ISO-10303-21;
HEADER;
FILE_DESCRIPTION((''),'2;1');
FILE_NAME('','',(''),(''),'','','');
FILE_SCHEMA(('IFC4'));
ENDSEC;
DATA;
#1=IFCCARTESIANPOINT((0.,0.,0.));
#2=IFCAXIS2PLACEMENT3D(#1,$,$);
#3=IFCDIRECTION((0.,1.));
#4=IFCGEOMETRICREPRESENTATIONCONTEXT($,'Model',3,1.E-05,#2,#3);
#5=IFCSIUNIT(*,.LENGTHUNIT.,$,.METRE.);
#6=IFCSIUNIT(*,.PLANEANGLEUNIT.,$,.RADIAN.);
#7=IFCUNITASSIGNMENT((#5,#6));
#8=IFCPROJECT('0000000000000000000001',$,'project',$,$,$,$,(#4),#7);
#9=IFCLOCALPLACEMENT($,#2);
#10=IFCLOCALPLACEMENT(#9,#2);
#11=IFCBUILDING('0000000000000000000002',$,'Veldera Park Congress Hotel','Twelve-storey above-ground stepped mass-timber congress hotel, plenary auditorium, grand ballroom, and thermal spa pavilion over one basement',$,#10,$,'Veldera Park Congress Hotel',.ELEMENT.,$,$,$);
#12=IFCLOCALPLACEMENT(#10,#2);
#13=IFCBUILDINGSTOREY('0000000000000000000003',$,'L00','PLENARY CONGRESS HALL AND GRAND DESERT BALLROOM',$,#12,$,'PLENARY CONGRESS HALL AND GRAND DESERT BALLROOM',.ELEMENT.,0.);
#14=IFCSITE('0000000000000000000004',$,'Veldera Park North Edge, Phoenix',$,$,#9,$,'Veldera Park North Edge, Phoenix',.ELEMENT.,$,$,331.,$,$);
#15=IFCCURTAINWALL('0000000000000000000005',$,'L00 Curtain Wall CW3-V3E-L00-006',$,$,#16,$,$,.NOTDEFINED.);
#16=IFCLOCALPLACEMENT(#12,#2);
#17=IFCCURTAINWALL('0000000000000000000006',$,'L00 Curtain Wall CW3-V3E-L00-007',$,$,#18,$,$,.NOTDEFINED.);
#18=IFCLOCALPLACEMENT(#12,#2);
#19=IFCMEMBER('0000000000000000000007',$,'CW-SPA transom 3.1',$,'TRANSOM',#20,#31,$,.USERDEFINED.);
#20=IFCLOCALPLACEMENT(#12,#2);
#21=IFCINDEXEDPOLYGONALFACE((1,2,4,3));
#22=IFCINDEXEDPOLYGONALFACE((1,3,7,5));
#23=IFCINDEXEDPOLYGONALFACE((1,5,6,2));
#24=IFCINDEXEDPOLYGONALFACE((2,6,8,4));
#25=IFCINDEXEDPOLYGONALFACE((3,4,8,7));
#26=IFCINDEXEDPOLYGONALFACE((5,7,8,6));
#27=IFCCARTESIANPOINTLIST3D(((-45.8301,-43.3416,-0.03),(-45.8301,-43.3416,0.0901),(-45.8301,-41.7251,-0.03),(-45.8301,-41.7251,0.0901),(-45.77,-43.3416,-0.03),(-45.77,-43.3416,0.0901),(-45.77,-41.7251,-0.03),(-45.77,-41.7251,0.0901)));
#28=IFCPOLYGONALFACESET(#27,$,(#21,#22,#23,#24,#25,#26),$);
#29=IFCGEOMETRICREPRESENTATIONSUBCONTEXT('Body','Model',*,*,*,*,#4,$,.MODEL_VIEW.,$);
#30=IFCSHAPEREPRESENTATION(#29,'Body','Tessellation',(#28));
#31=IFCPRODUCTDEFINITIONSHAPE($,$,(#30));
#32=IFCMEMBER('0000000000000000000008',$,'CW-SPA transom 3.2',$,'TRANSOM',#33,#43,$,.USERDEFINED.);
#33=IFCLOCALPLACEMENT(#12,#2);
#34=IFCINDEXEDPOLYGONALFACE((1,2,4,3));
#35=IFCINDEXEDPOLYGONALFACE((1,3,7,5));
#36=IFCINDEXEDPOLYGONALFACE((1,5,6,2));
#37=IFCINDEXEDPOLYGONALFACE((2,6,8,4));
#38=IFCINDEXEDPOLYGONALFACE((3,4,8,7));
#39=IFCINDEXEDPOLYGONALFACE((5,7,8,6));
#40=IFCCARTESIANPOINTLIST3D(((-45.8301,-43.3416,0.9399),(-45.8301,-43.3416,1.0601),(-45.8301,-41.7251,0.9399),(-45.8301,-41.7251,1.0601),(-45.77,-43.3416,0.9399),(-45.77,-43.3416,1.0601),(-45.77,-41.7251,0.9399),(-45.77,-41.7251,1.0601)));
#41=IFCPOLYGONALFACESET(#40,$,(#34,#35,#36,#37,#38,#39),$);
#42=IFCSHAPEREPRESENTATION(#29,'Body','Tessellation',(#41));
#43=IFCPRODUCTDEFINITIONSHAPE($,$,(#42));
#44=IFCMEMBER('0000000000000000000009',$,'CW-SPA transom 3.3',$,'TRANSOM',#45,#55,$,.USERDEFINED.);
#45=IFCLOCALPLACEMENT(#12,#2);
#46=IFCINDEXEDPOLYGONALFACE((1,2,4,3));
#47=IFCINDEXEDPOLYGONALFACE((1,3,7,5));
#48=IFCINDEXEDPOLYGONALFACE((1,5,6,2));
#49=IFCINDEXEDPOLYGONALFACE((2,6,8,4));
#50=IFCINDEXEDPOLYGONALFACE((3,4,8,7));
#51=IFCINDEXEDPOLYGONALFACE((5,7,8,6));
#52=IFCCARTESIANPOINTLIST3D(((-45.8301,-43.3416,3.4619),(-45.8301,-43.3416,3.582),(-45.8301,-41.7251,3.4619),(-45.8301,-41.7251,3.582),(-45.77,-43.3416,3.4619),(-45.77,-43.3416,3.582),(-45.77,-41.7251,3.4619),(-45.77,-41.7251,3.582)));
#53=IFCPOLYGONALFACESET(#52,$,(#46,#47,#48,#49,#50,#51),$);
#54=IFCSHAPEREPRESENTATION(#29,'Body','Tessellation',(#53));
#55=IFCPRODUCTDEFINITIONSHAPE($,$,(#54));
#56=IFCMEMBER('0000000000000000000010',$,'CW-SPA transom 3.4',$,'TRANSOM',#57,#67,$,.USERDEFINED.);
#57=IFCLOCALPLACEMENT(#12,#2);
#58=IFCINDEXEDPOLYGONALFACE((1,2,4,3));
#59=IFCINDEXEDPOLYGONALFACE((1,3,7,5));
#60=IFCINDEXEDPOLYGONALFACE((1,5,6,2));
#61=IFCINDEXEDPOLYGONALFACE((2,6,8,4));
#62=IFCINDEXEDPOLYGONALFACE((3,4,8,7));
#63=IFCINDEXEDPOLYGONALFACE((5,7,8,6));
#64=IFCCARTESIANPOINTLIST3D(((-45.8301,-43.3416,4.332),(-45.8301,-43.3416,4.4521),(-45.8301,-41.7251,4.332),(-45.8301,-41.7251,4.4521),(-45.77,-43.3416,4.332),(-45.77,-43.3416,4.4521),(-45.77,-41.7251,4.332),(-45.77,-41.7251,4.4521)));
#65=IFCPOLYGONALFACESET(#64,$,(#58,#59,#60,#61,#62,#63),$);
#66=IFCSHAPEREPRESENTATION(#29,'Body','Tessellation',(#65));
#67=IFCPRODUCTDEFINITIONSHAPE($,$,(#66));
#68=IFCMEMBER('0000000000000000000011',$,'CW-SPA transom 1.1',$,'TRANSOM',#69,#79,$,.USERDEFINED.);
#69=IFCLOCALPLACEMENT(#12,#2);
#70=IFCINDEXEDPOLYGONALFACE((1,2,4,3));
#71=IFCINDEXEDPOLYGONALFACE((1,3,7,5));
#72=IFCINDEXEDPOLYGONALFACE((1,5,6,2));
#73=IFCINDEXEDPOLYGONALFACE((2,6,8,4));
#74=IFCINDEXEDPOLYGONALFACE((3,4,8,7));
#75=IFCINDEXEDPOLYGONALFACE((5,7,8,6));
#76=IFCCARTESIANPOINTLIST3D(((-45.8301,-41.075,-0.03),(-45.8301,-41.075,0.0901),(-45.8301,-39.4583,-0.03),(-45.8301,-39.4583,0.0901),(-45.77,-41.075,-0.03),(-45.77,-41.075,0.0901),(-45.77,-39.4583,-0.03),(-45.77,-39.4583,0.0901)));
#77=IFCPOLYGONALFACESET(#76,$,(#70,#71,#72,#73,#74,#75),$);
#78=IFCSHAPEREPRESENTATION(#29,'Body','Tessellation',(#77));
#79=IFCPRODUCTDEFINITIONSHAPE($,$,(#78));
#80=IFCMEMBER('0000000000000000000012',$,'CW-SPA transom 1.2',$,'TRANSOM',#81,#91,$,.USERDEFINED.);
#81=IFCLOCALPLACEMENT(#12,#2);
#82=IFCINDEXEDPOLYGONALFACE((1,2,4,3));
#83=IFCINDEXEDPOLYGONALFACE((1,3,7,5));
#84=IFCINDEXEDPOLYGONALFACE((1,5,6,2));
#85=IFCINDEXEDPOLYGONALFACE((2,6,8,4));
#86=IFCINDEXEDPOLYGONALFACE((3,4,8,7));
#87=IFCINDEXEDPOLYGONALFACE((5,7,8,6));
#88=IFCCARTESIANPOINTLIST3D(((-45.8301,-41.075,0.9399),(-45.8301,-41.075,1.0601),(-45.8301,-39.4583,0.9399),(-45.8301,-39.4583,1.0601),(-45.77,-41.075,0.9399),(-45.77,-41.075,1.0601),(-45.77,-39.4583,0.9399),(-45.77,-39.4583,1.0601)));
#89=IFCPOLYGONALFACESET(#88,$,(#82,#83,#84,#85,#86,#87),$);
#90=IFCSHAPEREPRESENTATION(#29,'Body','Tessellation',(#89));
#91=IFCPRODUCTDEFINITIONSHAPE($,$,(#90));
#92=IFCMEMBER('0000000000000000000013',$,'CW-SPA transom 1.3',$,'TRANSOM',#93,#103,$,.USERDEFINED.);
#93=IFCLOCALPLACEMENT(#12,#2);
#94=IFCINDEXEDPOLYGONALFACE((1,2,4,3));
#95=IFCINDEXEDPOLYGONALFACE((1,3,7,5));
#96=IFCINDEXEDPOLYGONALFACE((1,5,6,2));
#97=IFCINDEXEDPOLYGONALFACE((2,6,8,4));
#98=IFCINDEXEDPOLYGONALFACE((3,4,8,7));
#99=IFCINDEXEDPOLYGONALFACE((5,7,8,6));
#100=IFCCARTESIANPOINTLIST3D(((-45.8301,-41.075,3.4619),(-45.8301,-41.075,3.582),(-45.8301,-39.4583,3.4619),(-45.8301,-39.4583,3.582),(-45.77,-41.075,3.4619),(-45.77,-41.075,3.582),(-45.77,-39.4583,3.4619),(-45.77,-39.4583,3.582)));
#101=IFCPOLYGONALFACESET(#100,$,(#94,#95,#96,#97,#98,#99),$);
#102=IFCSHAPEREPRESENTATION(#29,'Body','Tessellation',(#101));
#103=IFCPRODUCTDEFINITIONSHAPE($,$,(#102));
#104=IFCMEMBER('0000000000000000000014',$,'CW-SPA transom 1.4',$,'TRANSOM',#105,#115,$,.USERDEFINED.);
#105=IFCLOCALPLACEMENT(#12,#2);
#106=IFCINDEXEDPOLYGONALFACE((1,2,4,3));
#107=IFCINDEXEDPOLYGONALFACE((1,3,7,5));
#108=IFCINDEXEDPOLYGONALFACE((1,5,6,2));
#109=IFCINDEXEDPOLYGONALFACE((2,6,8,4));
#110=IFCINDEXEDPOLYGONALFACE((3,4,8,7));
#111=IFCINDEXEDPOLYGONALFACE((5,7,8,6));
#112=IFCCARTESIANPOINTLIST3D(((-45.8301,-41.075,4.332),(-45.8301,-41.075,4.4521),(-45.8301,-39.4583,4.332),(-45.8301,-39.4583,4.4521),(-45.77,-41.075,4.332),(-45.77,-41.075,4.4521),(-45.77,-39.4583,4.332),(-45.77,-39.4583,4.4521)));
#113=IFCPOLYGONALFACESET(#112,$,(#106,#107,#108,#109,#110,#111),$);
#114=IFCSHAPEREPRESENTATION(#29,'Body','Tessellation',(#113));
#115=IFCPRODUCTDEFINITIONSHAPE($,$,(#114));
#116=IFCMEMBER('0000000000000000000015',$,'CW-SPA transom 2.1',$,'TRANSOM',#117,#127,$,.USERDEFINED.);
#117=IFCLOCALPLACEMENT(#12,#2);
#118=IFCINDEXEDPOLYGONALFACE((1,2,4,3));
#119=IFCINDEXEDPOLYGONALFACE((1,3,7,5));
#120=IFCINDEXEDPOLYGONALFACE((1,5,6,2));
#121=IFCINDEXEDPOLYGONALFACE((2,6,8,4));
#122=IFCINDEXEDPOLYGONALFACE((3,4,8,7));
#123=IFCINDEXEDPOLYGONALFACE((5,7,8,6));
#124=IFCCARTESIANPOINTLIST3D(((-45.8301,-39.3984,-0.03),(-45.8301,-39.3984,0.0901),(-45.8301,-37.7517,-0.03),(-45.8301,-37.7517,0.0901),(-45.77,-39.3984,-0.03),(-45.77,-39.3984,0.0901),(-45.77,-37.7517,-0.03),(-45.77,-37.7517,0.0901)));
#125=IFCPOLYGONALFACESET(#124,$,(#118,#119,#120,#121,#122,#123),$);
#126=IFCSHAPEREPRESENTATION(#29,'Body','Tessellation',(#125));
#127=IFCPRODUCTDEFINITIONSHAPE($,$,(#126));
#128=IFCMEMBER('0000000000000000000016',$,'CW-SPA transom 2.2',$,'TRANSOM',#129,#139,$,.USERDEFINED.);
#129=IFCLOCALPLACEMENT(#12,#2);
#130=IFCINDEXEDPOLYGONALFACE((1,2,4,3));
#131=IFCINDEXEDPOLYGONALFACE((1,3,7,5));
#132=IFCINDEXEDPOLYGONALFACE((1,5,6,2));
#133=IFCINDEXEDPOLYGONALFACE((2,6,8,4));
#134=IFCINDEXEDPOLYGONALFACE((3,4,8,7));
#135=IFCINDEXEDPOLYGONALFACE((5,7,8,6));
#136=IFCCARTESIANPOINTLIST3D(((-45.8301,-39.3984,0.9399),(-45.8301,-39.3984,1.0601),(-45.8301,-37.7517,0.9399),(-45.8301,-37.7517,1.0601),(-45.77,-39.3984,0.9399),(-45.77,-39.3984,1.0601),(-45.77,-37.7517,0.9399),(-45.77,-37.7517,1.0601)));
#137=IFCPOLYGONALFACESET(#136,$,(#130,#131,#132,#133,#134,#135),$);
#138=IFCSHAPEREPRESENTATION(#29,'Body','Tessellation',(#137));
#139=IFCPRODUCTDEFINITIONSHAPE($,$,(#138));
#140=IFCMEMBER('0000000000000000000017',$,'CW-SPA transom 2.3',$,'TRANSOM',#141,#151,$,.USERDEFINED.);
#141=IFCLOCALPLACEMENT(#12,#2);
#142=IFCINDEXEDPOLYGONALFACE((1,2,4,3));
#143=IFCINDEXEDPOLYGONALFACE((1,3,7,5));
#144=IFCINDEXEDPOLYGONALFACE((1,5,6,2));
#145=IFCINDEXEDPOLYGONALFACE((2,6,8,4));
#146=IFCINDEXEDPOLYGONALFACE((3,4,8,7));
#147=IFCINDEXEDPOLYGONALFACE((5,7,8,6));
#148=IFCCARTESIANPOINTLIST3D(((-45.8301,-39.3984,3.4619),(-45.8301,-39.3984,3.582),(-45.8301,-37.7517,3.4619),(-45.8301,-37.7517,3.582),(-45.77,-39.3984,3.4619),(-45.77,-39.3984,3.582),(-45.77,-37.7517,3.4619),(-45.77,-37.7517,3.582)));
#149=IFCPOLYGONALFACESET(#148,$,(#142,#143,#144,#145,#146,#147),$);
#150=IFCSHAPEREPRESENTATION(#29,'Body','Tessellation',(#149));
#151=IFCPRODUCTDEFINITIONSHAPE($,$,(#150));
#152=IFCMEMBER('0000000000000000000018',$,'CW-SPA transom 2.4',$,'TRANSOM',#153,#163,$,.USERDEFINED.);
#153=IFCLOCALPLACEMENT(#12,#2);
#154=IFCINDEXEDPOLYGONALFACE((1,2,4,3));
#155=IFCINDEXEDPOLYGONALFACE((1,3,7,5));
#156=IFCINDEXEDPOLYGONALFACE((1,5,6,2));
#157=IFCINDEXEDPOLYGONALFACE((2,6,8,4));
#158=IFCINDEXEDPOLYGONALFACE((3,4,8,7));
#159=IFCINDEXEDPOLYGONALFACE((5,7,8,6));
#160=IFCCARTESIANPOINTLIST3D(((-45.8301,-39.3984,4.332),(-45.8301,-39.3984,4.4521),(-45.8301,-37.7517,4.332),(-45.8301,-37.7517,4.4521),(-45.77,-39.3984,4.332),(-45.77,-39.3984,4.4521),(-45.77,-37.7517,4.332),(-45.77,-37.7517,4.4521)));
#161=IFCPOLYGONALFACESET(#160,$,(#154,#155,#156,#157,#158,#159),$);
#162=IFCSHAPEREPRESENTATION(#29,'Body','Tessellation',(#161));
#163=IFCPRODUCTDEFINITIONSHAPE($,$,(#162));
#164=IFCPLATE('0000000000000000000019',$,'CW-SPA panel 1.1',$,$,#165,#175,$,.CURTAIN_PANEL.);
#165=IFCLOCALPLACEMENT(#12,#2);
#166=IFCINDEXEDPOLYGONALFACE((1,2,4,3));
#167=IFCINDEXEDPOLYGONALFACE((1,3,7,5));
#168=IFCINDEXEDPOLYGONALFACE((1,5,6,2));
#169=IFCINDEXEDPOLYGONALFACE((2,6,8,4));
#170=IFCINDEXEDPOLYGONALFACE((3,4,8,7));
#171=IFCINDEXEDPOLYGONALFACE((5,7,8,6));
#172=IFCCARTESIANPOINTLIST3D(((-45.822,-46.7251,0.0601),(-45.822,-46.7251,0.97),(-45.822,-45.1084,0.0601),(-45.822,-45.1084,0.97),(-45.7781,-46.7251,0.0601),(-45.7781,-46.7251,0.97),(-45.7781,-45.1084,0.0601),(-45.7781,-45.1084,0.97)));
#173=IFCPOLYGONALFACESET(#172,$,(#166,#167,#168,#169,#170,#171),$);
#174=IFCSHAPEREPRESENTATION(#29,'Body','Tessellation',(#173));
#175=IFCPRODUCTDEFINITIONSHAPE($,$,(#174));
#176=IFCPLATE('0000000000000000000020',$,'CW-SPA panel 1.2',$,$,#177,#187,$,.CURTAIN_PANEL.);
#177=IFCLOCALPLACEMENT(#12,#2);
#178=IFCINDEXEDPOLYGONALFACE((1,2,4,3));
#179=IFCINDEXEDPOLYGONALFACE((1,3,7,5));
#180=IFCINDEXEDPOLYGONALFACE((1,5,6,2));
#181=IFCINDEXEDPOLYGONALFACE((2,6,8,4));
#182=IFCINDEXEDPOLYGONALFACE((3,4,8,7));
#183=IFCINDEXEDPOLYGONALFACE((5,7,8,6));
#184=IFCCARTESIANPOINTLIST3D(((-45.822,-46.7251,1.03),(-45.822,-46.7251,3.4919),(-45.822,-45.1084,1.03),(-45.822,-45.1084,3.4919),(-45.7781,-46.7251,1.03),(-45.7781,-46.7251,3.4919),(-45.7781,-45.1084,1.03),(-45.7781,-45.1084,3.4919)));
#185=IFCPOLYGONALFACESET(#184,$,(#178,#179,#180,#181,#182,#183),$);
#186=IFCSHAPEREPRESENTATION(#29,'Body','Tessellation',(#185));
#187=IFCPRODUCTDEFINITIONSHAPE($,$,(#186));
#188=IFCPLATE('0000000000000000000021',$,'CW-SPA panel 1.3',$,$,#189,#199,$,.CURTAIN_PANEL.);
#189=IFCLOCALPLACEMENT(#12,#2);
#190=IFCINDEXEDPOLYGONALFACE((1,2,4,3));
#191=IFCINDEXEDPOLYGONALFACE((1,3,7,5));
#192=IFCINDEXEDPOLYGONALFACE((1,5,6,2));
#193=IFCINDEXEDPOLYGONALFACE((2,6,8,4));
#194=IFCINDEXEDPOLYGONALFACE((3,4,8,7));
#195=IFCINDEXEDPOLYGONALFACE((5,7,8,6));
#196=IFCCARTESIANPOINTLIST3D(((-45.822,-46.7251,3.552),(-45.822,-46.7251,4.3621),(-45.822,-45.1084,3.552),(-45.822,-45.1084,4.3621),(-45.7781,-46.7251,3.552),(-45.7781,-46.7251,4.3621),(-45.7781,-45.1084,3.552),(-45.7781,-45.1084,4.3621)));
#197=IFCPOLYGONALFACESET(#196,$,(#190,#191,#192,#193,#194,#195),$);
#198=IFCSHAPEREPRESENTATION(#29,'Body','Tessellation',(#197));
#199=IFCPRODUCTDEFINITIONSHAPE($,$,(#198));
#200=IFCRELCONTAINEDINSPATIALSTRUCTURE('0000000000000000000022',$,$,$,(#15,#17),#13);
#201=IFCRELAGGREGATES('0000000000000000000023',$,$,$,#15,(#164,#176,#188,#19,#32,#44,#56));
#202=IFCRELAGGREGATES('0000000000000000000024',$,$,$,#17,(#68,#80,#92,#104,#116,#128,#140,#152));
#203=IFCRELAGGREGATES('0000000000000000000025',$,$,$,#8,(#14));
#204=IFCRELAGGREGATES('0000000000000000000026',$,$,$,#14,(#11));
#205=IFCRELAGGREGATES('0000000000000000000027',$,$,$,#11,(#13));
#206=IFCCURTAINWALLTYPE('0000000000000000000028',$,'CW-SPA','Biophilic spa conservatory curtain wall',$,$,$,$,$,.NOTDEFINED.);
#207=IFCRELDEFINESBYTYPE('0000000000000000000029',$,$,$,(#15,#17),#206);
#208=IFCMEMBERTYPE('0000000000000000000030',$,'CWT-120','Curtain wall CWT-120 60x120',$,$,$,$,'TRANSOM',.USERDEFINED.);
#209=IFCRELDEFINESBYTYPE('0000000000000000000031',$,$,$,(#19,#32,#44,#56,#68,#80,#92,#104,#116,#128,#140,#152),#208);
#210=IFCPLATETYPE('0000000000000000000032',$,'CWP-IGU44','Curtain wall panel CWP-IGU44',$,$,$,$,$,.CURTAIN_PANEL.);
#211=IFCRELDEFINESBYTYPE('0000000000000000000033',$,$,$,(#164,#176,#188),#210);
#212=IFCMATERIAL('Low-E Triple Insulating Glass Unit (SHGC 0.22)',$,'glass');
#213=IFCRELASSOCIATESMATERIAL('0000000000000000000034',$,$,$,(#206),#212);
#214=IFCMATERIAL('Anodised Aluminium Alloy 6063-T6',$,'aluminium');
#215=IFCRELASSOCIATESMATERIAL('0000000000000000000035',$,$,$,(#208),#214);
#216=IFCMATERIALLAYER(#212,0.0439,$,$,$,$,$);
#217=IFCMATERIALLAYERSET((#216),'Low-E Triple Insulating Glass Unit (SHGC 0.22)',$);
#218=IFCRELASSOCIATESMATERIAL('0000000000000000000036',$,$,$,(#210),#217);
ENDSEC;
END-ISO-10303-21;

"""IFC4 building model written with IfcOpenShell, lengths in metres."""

from ifc_helpers import new_model, si_unit, direction, frame, origin, origin_2d, place, context, subcontext, project, spatial, rectangle, extrude, material, layer, layer_set, material_profile, profile_set, type_object, element, aggregate, save


model = new_model("IFC4")

# Units and contexts
model_context = context("Model", 3, precision=1e-05, world=origin(), true_north=direction((0.0, 1.0)))
body_context = subcontext(model_context, "Body", "Model", "MODEL_VIEW")
ifc_project = project(units=[si_unit("LENGTHUNIT", "METRE"), si_unit("PLANEANGLEUNIT", "RADIAN")], contexts=[model_context])

# Site, building, storey
site_placement = place(None, origin())
site = spatial("IfcSite", under=ifc_project, at=site_placement, Name="Veldera Park North Edge, Phoenix", LongName="Veldera Park North Edge, Phoenix", CompositionType="ELEMENT", RefElevation=331.0)
building_placement = place(site_placement, origin())
building = spatial("IfcBuilding", under=site, at=building_placement, Name="Veldera Park Congress Hotel", Description="Twelve-storey above-ground stepped mass-timber congress hotel, plenary auditorium, grand ballroom, and thermal spa pavilion over one basement", LongName="Veldera Park Congress Hotel", CompositionType="ELEMENT")
storey_placement = place(building_placement, origin())
storey = spatial("IfcBuildingStorey", under=building, at=storey_placement, Name="L00", Description="PLENARY CONGRESS HALL AND GRAND DESERT BALLROOM", LongName="PLENARY CONGRESS HALL AND GRAND DESERT BALLROOM", CompositionType="ELEMENT", Elevation=0.0)

# Curtain walls
ifc_material_1 = material(Name="Low-E Triple Insulating Glass Unit (SHGC 0.22)", Category="glass")
curtain_wall_type = type_object("IfcCurtainWallType", Name="CW-SPA", Description="Biophilic spa conservatory curtain wall", PredefinedType="NOTDEFINED", material=ifc_material_1)
curtain_wall_1_placement = place(storey_placement, origin())
curtain_wall_1 = element("IfcCurtainWall", 1, at=curtain_wall_1_placement, inside=storey, type_object=curtain_wall_type, Name="L00 Curtain Wall CW3-V3E-L00-006", PredefinedType="NOTDEFINED")
ifc_material_2 = material(Name="Anodised Aluminium Alloy 6063-T6", Category="aluminium")
curtain_wall_2_placement = place(storey_placement, origin())
curtain_wall_2 = element("IfcCurtainWall", 2, at=curtain_wall_2_placement, inside=storey, type_object=curtain_wall_type, Name="L00 Curtain Wall CW3-V3E-L00-007", PredefinedType="NOTDEFINED")

# Members
ifc_material_profile_1 = material_profile(ifc_material_2, rectangle(XDim=0.0601, YDim=0.1201, at=origin_2d()), Name="ALU 60x120")
ifc_profile_set_1 = profile_set([ifc_material_profile_1], Name="Anodised Aluminium Alloy 6063-T6")
member_type_1 = type_object("IfcMemberType", Name="CWT-120", Description="Curtain wall CWT-120 60x120", ElementType="TRANSOM", PredefinedType="USERDEFINED", material=ifc_profile_set_1)
member_1_placement = place(storey_placement, frame((-45.8, -43.3416, 0.03), z_axis=(0.0, 1.0, 0.0), x_axis=(-1.0, 0.0, 0.0)))
member_1 = element("IfcMember", 3, at=member_1_placement, type_object=member_type_1, Name="CW-SPA transom 3.1", ObjectType="TRANSOM", PredefinedType="USERDEFINED", context=body_context, shape_type="SweptSolid", body=[
    extrude(rectangle(XDim=0.0601, YDim=0.1201, at=origin_2d()), origin(), (0.0, 0.0, 1.0), 1.6165),
])
member_2_placement = place(storey_placement, frame((-45.8, -43.3416, 1.0), z_axis=(0.0, 1.0, 0.0), x_axis=(-1.0, 0.0, 0.0)))
member_2 = element("IfcMember", 4, at=member_2_placement, type_object=member_type_1, Name="CW-SPA transom 3.2", ObjectType="TRANSOM", PredefinedType="USERDEFINED", context=body_context, shape_type="SweptSolid", body=[
    extrude(rectangle(XDim=0.0601, YDim=0.1201, at=origin_2d()), origin(), (0.0, 0.0, 1.0), 1.6165),
])
member_3_placement = place(storey_placement, frame((-45.8, -43.3416, 3.522), z_axis=(0.0, 1.0, 0.0), x_axis=(-1.0, 0.0, 0.0)))
member_3 = element("IfcMember", 5, at=member_3_placement, type_object=member_type_1, Name="CW-SPA transom 3.3", ObjectType="TRANSOM", PredefinedType="USERDEFINED", context=body_context, shape_type="SweptSolid", body=[
    extrude(rectangle(XDim=0.0601, YDim=0.1201, at=origin_2d()), origin(), (0.0, 0.0, 1.0), 1.6165),
])
member_4_placement = place(storey_placement, frame((-45.8, -43.3416, 4.3921), z_axis=(0.0, 1.0, 0.0), x_axis=(-1.0, 0.0, 0.0)))
member_4 = element("IfcMember", 6, at=member_4_placement, type_object=member_type_1, Name="CW-SPA transom 3.4", ObjectType="TRANSOM", PredefinedType="USERDEFINED", context=body_context, shape_type="SweptSolid", body=[
    extrude(rectangle(XDim=0.0601, YDim=0.1201, at=origin_2d()), origin(), (0.0, 0.0, 1.0), 1.6165),
])
member_5_placement = place(storey_placement, frame((-45.8, -41.075, 0.03), z_axis=(0.0, 1.0, 0.0), x_axis=(-1.0, 0.0, 0.0)))
member_5 = element("IfcMember", 7, at=member_5_placement, type_object=member_type_1, Name="CW-SPA transom 1.1", ObjectType="TRANSOM", PredefinedType="USERDEFINED", context=body_context, shape_type="SweptSolid", body=[
    extrude(rectangle(XDim=0.0601, YDim=0.1201, at=origin_2d()), origin(), (0.0, 0.0, 1.0), 1.6167),
])
member_6_placement = place(storey_placement, frame((-45.8, -41.075, 1.0), z_axis=(0.0, 1.0, 0.0), x_axis=(-1.0, 0.0, 0.0)))
member_6 = element("IfcMember", 8, at=member_6_placement, type_object=member_type_1, Name="CW-SPA transom 1.2", ObjectType="TRANSOM", PredefinedType="USERDEFINED", context=body_context, shape_type="SweptSolid", body=[
    extrude(rectangle(XDim=0.0601, YDim=0.1201, at=origin_2d()), origin(), (0.0, 0.0, 1.0), 1.6167),
])
member_7_placement = place(storey_placement, frame((-45.8, -41.075, 3.522), z_axis=(0.0, 1.0, 0.0), x_axis=(-1.0, 0.0, 0.0)))
member_7 = element("IfcMember", 9, at=member_7_placement, type_object=member_type_1, Name="CW-SPA transom 1.3", ObjectType="TRANSOM", PredefinedType="USERDEFINED", context=body_context, shape_type="SweptSolid", body=[
    extrude(rectangle(XDim=0.0601, YDim=0.1201, at=origin_2d()), origin(), (0.0, 0.0, 1.0), 1.6167),
])
member_8_placement = place(storey_placement, frame((-45.8, -41.075, 4.3921), z_axis=(0.0, 1.0, 0.0), x_axis=(-1.0, 0.0, 0.0)))
member_8 = element("IfcMember", 10, at=member_8_placement, type_object=member_type_1, Name="CW-SPA transom 1.4", ObjectType="TRANSOM", PredefinedType="USERDEFINED", context=body_context, shape_type="SweptSolid", body=[
    extrude(rectangle(XDim=0.0601, YDim=0.1201, at=origin_2d()), origin(), (0.0, 0.0, 1.0), 1.6167),
])
member_9_placement = place(storey_placement, frame((-45.8, -39.3984, 0.03), z_axis=(0.0, 1.0, 0.0), x_axis=(-1.0, 0.0, 0.0)))
member_9 = element("IfcMember", 11, at=member_9_placement, type_object=member_type_1, Name="CW-SPA transom 2.1", ObjectType="TRANSOM", PredefinedType="USERDEFINED", context=body_context, shape_type="SweptSolid", body=[
    extrude(rectangle(XDim=0.0601, YDim=0.1201, at=origin_2d()), origin(), (0.0, 0.0, 1.0), 1.6467),
])
member_10_placement = place(storey_placement, frame((-45.8, -39.3984, 1.0), z_axis=(0.0, 1.0, 0.0), x_axis=(-1.0, 0.0, 0.0)))
member_10 = element("IfcMember", 12, at=member_10_placement, type_object=member_type_1, Name="CW-SPA transom 2.2", ObjectType="TRANSOM", PredefinedType="USERDEFINED", context=body_context, shape_type="SweptSolid", body=[
    extrude(rectangle(XDim=0.0601, YDim=0.1201, at=origin_2d()), origin(), (0.0, 0.0, 1.0), 1.6467),
])
member_11_placement = place(storey_placement, frame((-45.8, -39.3984, 3.522), z_axis=(0.0, 1.0, 0.0), x_axis=(-1.0, 0.0, 0.0)))
member_11 = element("IfcMember", 13, at=member_11_placement, type_object=member_type_1, Name="CW-SPA transom 2.3", ObjectType="TRANSOM", PredefinedType="USERDEFINED", context=body_context, shape_type="SweptSolid", body=[
    extrude(rectangle(XDim=0.0601, YDim=0.1201, at=origin_2d()), origin(), (0.0, 0.0, 1.0), 1.6467),
])
member_12_placement = place(storey_placement, frame((-45.8, -39.3984, 4.3921), z_axis=(0.0, 1.0, 0.0), x_axis=(-1.0, 0.0, 0.0)))
member_12 = element("IfcMember", 14, at=member_12_placement, type_object=member_type_1, Name="CW-SPA transom 2.4", ObjectType="TRANSOM", PredefinedType="USERDEFINED", context=body_context, shape_type="SweptSolid", body=[
    extrude(rectangle(XDim=0.0601, YDim=0.1201, at=origin_2d()), origin(), (0.0, 0.0, 1.0), 1.6467),
])

# Plates
ifc_layer = layer(ifc_material_1, 0.0439)
ifc_layer_set = layer_set([ifc_layer], Name="Low-E Triple Insulating Glass Unit (SHGC 0.22)")
plate_type = type_object("IfcPlateType", Name="CWP-IGU44", Description="Curtain wall panel CWP-IGU44", PredefinedType="CURTAIN_PANEL", material=ifc_layer_set)
plate_1_placement = place(storey_placement, frame((-45.8, -45.9167, 0.0601), z_axis=(0.0, 0.0, 1.0), x_axis=(0.0, 1.0, 0.0)))
plate_1 = element("IfcPlate", 15, at=plate_1_placement, type_object=plate_type, Name="CW-SPA panel 1.1", PredefinedType="CURTAIN_PANEL", context=body_context, shape_type="SweptSolid", body=[
    extrude(rectangle(XDim=1.6167, YDim=0.0439, at=origin_2d()), origin(), (0.0, 0.0, 1.0), 0.9099),
])
plate_2_placement = place(storey_placement, frame((-45.8, -45.9167, 1.03), z_axis=(0.0, 0.0, 1.0), x_axis=(0.0, 1.0, 0.0)))
plate_2 = element("IfcPlate", 16, at=plate_2_placement, type_object=plate_type, Name="CW-SPA panel 1.2", PredefinedType="CURTAIN_PANEL", context=body_context, shape_type="SweptSolid", body=[
    extrude(rectangle(XDim=1.6167, YDim=0.0439, at=origin_2d()), origin(), (0.0, 0.0, 1.0), 2.4619),
])
plate_3_placement = place(storey_placement, frame((-45.8, -45.9167, 3.552), z_axis=(0.0, 0.0, 1.0), x_axis=(0.0, 1.0, 0.0)))
plate_3 = element("IfcPlate", 17, at=plate_3_placement, type_object=plate_type, Name="CW-SPA panel 1.3", PredefinedType="CURTAIN_PANEL", context=body_context, shape_type="SweptSolid", body=[
    extrude(rectangle(XDim=1.6167, YDim=0.0439, at=origin_2d()), origin(), (0.0, 0.0, 1.0), 0.8101),
])
aggregate(curtain_wall_1, [plate_1, plate_2, plate_3, member_1, member_2, member_3, member_4])
aggregate(curtain_wall_2, [member_5, member_6, member_7, member_8, member_9, member_10, member_11, member_12])

save(model, "model.ifc")
